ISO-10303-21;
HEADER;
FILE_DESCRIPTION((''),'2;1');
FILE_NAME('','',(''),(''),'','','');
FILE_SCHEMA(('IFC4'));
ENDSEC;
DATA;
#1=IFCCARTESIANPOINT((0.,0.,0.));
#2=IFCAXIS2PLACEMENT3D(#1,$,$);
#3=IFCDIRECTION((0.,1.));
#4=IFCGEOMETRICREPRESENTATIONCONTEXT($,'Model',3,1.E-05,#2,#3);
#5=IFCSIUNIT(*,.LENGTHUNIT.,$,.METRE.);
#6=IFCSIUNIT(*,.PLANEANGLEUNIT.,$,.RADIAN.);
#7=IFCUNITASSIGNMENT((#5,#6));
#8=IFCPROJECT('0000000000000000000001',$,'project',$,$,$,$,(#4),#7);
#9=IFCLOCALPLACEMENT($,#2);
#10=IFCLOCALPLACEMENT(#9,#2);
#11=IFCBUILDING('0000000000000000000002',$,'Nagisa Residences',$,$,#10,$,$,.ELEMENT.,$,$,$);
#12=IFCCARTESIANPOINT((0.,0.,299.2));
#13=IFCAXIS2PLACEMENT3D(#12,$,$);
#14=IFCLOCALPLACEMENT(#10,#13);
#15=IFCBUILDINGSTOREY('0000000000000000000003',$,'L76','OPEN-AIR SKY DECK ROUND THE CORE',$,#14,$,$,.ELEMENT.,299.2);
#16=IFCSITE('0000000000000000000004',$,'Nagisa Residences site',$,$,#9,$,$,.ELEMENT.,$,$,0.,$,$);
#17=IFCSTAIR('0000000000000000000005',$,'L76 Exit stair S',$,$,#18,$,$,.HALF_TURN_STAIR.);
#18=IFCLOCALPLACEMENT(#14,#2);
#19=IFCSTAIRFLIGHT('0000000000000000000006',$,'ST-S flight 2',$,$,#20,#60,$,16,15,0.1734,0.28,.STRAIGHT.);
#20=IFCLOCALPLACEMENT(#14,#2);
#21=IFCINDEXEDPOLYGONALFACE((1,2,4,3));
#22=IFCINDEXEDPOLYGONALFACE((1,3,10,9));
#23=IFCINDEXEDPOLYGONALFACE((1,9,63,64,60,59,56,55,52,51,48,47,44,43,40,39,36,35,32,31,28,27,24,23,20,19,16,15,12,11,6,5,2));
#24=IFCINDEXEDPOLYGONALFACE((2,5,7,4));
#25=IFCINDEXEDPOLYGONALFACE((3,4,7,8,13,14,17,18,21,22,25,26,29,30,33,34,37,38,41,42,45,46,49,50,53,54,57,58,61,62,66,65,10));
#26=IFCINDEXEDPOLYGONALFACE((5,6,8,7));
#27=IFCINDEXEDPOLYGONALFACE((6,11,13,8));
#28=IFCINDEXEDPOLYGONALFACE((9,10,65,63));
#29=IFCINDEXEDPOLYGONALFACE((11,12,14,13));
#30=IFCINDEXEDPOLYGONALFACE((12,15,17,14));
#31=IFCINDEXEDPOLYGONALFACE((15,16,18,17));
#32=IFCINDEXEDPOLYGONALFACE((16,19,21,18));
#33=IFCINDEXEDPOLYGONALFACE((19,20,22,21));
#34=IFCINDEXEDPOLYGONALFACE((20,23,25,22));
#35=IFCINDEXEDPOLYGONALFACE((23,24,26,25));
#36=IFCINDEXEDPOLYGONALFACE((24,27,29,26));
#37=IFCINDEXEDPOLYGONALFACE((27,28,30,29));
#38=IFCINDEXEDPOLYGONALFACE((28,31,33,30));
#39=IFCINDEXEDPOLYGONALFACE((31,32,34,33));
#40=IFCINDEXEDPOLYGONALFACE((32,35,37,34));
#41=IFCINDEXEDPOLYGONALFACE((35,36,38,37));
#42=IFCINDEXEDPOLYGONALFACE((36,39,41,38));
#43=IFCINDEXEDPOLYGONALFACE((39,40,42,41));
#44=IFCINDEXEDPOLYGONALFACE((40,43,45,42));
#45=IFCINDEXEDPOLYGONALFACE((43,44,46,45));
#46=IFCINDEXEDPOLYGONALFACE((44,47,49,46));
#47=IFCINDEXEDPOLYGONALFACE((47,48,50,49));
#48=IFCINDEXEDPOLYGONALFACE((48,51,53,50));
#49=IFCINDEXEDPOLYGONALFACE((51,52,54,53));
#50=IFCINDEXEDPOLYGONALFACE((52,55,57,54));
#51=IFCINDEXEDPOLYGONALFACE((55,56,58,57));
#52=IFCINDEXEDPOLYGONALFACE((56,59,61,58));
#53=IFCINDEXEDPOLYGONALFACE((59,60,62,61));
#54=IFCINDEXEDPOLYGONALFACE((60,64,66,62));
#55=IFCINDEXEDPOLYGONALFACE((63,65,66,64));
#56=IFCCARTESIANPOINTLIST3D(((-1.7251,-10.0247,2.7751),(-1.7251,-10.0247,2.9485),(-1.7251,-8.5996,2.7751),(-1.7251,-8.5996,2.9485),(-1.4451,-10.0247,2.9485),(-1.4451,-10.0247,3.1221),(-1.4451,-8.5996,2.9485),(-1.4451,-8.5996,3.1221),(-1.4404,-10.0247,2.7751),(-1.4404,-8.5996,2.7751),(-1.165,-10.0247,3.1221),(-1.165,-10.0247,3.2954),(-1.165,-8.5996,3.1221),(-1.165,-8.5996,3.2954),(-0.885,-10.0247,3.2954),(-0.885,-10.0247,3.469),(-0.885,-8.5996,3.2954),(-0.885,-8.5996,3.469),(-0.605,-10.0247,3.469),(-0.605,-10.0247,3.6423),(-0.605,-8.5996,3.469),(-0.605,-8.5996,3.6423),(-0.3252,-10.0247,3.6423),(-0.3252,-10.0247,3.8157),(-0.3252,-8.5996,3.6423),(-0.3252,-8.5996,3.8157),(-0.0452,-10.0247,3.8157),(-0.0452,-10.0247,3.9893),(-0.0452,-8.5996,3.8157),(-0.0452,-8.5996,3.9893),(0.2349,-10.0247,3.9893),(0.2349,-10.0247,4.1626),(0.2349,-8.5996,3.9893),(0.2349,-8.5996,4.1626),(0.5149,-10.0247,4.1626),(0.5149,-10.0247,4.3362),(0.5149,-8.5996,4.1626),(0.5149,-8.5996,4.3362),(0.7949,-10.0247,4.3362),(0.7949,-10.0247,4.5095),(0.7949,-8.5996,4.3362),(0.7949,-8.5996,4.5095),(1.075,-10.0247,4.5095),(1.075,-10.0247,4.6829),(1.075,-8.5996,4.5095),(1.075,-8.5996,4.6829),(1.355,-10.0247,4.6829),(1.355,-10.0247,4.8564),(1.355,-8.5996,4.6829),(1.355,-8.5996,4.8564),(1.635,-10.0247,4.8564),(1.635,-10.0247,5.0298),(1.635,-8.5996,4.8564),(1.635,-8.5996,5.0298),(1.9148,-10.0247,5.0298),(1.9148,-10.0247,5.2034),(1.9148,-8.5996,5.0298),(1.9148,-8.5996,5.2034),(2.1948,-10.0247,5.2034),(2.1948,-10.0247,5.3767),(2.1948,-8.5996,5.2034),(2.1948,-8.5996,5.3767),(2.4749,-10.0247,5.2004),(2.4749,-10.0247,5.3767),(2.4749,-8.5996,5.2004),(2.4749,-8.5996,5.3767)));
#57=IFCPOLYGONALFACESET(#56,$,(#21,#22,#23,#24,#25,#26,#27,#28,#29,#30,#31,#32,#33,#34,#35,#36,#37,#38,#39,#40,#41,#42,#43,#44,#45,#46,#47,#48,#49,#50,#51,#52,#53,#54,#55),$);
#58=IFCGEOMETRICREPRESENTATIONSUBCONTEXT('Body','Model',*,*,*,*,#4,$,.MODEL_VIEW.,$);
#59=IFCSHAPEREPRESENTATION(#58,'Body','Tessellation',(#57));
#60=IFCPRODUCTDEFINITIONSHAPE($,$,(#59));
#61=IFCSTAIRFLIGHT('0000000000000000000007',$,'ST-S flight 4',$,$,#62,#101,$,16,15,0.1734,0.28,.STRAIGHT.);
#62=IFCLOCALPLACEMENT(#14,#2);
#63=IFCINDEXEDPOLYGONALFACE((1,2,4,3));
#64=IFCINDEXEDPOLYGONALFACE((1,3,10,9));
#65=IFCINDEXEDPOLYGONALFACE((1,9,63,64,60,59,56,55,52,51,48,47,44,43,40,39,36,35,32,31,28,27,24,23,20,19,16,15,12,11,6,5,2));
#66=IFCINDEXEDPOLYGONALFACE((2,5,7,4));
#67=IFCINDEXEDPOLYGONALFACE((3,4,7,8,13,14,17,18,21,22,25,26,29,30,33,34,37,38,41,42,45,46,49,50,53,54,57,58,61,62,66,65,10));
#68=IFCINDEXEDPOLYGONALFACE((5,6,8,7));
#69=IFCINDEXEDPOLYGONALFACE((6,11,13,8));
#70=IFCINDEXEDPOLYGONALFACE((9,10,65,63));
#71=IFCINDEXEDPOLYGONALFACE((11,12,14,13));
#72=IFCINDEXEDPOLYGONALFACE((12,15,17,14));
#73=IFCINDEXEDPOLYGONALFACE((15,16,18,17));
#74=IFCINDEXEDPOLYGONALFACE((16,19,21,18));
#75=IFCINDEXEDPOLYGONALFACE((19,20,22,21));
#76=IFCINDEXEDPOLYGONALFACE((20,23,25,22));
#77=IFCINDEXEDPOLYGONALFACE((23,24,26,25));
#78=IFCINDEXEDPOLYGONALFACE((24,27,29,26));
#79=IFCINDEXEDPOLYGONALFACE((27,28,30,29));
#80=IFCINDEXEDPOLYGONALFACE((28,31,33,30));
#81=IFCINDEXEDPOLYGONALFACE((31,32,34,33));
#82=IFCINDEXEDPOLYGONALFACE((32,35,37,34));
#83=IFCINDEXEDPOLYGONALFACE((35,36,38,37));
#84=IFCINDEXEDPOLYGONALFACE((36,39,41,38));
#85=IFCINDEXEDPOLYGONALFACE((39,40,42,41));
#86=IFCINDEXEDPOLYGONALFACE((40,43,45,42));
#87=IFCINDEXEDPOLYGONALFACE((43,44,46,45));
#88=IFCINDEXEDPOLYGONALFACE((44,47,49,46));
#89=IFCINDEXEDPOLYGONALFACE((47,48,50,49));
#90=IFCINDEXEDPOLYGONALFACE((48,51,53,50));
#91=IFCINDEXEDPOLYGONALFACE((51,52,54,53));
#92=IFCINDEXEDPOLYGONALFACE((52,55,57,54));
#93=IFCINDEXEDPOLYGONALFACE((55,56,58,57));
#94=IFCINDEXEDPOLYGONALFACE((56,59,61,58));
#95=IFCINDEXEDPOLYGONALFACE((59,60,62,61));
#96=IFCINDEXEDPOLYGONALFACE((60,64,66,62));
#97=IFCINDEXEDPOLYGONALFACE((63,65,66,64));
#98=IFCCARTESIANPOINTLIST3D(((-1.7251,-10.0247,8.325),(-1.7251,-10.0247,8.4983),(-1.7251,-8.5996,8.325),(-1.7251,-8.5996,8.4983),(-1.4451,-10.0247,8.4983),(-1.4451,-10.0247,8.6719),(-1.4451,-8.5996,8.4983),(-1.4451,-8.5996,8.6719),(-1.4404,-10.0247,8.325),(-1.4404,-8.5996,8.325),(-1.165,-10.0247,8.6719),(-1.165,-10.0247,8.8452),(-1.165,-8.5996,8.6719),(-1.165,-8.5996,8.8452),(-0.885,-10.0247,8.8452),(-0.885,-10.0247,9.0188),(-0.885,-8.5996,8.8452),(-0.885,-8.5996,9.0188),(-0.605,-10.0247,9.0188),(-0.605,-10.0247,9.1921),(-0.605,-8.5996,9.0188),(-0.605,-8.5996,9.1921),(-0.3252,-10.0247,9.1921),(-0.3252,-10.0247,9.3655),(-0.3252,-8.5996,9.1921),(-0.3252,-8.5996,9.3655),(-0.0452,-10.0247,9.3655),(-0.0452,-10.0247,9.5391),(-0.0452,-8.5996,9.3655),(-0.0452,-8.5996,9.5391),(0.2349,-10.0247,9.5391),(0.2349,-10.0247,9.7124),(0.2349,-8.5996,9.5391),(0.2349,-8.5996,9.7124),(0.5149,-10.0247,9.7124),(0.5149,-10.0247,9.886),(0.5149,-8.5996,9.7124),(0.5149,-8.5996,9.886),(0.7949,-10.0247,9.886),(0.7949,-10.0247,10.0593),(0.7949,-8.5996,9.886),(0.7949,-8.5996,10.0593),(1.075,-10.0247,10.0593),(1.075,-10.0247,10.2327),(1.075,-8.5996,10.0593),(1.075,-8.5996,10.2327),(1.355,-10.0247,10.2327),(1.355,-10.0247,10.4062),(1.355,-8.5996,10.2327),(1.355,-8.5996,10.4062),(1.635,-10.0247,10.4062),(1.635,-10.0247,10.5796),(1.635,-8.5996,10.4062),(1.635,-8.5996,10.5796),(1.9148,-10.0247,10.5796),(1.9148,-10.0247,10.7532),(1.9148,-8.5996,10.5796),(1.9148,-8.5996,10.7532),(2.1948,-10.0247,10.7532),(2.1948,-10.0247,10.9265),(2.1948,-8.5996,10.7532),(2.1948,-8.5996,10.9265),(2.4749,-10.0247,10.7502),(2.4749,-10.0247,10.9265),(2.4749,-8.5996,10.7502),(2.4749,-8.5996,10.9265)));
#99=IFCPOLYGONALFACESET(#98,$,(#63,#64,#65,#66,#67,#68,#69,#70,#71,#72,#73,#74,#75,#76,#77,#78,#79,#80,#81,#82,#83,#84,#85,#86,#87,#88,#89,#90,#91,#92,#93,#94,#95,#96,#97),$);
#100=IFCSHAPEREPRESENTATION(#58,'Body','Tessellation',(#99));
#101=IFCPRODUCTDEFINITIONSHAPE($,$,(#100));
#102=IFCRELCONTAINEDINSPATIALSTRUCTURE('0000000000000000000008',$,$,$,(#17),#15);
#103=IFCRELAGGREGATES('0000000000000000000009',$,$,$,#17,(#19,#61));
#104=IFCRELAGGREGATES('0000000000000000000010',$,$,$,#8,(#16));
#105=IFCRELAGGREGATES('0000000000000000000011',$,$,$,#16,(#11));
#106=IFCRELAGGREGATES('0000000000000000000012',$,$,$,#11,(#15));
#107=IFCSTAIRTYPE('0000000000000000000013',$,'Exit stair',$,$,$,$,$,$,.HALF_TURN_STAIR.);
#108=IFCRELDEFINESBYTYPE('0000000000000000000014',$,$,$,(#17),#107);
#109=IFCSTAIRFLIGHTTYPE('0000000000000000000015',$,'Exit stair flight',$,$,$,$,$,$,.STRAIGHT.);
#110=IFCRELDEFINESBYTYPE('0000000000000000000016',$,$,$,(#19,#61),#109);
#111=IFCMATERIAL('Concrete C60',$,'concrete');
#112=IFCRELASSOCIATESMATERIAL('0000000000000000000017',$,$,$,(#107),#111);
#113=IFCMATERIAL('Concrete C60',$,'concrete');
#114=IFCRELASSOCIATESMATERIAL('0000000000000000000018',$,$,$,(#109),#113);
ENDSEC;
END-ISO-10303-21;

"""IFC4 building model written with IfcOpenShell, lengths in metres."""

from ifc_helpers import new_model, si_unit, direction, frame, origin, place, context, subcontext, project, spatial, polyline, outline, extrude, material, type_object, element, aggregate, save


model = new_model("IFC4")

# Units and contexts
model_context = context("Model", 3, precision=1e-05, world=origin(), true_north=direction((0.0, 1.0)))
body_context = subcontext(model_context, "Body", "Model", "MODEL_VIEW")
ifc_project = project(units=[si_unit("LENGTHUNIT", "METRE"), si_unit("PLANEANGLEUNIT", "RADIAN")], contexts=[model_context])

# Site, building, storey
site_placement = place(None, origin())
site = spatial("IfcSite", under=ifc_project, at=site_placement, Name="Nagisa Residences site", CompositionType="ELEMENT", RefElevation=0.0)
building_placement = place(site_placement, origin())
building = spatial("IfcBuilding", under=site, at=building_placement, Name="Nagisa Residences", CompositionType="ELEMENT")
storey_placement = place(building_placement, frame((0.0, 0.0, 299.2)))
storey = spatial("IfcBuildingStorey", under=building, at=storey_placement, Name="L76", Description="OPEN-AIR SKY DECK ROUND THE CORE", CompositionType="ELEMENT", Elevation=299.2)

# Stair, stair flights
ifc_material_1 = material(Name="Concrete C60", Category="concrete")
stair_type = type_object("IfcStairType", Name="Exit stair", PredefinedType="HALF_TURN_STAIR", material=ifc_material_1)
stair_placement = place(storey_placement, origin())
stair = element("IfcStair", 1, at=stair_placement, inside=storey, type_object=stair_type, Name="L76 Exit stair S", PredefinedType="HALF_TURN_STAIR")
ifc_material_2 = material(Name="Concrete C60", Category="concrete")
stair_flight_type = type_object("IfcStairFlightType", Name="Exit stair flight", PredefinedType="STRAIGHT", material=ifc_material_2)
stair_flight_1_placement = place(storey_placement, frame((-1.7251, -9.312, 2.7751), z_axis=(0.0, 0.0, 1.0), x_axis=(1.0, 0.0, 0.0)))
stair_flight_1 = element("IfcStairFlight", 2, at=stair_flight_1_placement, type_object=stair_flight_type, Name="ST-S flight 2", NumberOfRisers=16, NumberOfTreads=15, PredefinedType="STRAIGHT", RiserHeight=0.1734, TreadLength=0.28, context=body_context, shape_type="SweptSolid", body=[
    extrude(outline(polyline([(0.0, 0.0), (0.0, 0.1733), (0.28, 0.1733), (0.28, 0.3469), (0.5601, 0.3469), (0.5601, 0.5203), (0.8401, 0.5203), (0.8401, 0.6938), (1.1201, 0.6938), (1.1201, 0.8672), (1.3999, 0.8672), (1.3999, 1.0405), (1.6799, 1.0405), (1.6799, 1.2141), (1.96, 1.2141), (1.96, 1.3875), (2.24, 1.3875), (2.24, 1.561), (2.52, 1.561), (2.52, 1.7344), (2.8, 1.7344), (2.8, 1.9077), (3.0801, 1.9077), (3.0801, 2.0813), (3.3601, 2.0813), (3.3601, 2.2546), (3.6399, 2.2546), (3.6399, 2.4282), (3.9199, 2.4282), (3.9199, 2.6016), (4.2, 2.6016), (4.2, 2.7749), (4.2, 2.4253), (0.2847, 0.0), (0.0, 0.0)])), frame((0.0, 0.7124, 0.0), z_axis=(0.0, -1.0, 0.0), x_axis=(1.0, 0.0, 0.0)), (0.0, 0.0, 1.0), 1.425),
])
stair_flight_2_placement = place(storey_placement, frame((-1.7251, -9.312, 8.325), z_axis=(0.0, 0.0, 1.0), x_axis=(1.0, 0.0, 0.0)))
stair_flight_2 = element("IfcStairFlight", 3, at=stair_flight_2_placement, type_object=stair_flight_type, Name="ST-S flight 4", NumberOfRisers=16, NumberOfTreads=15, PredefinedType="STRAIGHT", RiserHeight=0.1734, TreadLength=0.28, context=body_context, shape_type="SweptSolid", body=[
    extrude(outline(polyline([(0.0, 0.0), (0.0, 0.1733), (0.28, 0.1733), (0.28, 0.3469), (0.5601, 0.3469), (0.5601, 0.5203), (0.8401, 0.5203), (0.8401, 0.6938), (1.1201, 0.6938), (1.1201, 0.8672), (1.3999, 0.8672), (1.3999, 1.0405), (1.6799, 1.0405), (1.6799, 1.2141), (1.96, 1.2141), (1.96, 1.3875), (2.24, 1.3875), (2.24, 1.561), (2.52, 1.561), (2.52, 1.7344), (2.8, 1.7344), (2.8, 1.9077), (3.0801, 1.9077), (3.0801, 2.0813), (3.3601, 2.0813), (3.3601, 2.2546), (3.6399, 2.2546), (3.6399, 2.4282), (3.9199, 2.4282), (3.9199, 2.6016), (4.2, 2.6016), (4.2, 2.7749), (4.2, 2.4253), (0.2847, 0.0), (0.0, 0.0)])), frame((0.0, 0.7124, 0.0), z_axis=(0.0, -1.0, 0.0), x_axis=(1.0, 0.0, 0.0)), (0.0, 0.0, 1.0), 1.425),
])
aggregate(stair, [stair_flight_1, stair_flight_2])

save(model, "model.ifc")
